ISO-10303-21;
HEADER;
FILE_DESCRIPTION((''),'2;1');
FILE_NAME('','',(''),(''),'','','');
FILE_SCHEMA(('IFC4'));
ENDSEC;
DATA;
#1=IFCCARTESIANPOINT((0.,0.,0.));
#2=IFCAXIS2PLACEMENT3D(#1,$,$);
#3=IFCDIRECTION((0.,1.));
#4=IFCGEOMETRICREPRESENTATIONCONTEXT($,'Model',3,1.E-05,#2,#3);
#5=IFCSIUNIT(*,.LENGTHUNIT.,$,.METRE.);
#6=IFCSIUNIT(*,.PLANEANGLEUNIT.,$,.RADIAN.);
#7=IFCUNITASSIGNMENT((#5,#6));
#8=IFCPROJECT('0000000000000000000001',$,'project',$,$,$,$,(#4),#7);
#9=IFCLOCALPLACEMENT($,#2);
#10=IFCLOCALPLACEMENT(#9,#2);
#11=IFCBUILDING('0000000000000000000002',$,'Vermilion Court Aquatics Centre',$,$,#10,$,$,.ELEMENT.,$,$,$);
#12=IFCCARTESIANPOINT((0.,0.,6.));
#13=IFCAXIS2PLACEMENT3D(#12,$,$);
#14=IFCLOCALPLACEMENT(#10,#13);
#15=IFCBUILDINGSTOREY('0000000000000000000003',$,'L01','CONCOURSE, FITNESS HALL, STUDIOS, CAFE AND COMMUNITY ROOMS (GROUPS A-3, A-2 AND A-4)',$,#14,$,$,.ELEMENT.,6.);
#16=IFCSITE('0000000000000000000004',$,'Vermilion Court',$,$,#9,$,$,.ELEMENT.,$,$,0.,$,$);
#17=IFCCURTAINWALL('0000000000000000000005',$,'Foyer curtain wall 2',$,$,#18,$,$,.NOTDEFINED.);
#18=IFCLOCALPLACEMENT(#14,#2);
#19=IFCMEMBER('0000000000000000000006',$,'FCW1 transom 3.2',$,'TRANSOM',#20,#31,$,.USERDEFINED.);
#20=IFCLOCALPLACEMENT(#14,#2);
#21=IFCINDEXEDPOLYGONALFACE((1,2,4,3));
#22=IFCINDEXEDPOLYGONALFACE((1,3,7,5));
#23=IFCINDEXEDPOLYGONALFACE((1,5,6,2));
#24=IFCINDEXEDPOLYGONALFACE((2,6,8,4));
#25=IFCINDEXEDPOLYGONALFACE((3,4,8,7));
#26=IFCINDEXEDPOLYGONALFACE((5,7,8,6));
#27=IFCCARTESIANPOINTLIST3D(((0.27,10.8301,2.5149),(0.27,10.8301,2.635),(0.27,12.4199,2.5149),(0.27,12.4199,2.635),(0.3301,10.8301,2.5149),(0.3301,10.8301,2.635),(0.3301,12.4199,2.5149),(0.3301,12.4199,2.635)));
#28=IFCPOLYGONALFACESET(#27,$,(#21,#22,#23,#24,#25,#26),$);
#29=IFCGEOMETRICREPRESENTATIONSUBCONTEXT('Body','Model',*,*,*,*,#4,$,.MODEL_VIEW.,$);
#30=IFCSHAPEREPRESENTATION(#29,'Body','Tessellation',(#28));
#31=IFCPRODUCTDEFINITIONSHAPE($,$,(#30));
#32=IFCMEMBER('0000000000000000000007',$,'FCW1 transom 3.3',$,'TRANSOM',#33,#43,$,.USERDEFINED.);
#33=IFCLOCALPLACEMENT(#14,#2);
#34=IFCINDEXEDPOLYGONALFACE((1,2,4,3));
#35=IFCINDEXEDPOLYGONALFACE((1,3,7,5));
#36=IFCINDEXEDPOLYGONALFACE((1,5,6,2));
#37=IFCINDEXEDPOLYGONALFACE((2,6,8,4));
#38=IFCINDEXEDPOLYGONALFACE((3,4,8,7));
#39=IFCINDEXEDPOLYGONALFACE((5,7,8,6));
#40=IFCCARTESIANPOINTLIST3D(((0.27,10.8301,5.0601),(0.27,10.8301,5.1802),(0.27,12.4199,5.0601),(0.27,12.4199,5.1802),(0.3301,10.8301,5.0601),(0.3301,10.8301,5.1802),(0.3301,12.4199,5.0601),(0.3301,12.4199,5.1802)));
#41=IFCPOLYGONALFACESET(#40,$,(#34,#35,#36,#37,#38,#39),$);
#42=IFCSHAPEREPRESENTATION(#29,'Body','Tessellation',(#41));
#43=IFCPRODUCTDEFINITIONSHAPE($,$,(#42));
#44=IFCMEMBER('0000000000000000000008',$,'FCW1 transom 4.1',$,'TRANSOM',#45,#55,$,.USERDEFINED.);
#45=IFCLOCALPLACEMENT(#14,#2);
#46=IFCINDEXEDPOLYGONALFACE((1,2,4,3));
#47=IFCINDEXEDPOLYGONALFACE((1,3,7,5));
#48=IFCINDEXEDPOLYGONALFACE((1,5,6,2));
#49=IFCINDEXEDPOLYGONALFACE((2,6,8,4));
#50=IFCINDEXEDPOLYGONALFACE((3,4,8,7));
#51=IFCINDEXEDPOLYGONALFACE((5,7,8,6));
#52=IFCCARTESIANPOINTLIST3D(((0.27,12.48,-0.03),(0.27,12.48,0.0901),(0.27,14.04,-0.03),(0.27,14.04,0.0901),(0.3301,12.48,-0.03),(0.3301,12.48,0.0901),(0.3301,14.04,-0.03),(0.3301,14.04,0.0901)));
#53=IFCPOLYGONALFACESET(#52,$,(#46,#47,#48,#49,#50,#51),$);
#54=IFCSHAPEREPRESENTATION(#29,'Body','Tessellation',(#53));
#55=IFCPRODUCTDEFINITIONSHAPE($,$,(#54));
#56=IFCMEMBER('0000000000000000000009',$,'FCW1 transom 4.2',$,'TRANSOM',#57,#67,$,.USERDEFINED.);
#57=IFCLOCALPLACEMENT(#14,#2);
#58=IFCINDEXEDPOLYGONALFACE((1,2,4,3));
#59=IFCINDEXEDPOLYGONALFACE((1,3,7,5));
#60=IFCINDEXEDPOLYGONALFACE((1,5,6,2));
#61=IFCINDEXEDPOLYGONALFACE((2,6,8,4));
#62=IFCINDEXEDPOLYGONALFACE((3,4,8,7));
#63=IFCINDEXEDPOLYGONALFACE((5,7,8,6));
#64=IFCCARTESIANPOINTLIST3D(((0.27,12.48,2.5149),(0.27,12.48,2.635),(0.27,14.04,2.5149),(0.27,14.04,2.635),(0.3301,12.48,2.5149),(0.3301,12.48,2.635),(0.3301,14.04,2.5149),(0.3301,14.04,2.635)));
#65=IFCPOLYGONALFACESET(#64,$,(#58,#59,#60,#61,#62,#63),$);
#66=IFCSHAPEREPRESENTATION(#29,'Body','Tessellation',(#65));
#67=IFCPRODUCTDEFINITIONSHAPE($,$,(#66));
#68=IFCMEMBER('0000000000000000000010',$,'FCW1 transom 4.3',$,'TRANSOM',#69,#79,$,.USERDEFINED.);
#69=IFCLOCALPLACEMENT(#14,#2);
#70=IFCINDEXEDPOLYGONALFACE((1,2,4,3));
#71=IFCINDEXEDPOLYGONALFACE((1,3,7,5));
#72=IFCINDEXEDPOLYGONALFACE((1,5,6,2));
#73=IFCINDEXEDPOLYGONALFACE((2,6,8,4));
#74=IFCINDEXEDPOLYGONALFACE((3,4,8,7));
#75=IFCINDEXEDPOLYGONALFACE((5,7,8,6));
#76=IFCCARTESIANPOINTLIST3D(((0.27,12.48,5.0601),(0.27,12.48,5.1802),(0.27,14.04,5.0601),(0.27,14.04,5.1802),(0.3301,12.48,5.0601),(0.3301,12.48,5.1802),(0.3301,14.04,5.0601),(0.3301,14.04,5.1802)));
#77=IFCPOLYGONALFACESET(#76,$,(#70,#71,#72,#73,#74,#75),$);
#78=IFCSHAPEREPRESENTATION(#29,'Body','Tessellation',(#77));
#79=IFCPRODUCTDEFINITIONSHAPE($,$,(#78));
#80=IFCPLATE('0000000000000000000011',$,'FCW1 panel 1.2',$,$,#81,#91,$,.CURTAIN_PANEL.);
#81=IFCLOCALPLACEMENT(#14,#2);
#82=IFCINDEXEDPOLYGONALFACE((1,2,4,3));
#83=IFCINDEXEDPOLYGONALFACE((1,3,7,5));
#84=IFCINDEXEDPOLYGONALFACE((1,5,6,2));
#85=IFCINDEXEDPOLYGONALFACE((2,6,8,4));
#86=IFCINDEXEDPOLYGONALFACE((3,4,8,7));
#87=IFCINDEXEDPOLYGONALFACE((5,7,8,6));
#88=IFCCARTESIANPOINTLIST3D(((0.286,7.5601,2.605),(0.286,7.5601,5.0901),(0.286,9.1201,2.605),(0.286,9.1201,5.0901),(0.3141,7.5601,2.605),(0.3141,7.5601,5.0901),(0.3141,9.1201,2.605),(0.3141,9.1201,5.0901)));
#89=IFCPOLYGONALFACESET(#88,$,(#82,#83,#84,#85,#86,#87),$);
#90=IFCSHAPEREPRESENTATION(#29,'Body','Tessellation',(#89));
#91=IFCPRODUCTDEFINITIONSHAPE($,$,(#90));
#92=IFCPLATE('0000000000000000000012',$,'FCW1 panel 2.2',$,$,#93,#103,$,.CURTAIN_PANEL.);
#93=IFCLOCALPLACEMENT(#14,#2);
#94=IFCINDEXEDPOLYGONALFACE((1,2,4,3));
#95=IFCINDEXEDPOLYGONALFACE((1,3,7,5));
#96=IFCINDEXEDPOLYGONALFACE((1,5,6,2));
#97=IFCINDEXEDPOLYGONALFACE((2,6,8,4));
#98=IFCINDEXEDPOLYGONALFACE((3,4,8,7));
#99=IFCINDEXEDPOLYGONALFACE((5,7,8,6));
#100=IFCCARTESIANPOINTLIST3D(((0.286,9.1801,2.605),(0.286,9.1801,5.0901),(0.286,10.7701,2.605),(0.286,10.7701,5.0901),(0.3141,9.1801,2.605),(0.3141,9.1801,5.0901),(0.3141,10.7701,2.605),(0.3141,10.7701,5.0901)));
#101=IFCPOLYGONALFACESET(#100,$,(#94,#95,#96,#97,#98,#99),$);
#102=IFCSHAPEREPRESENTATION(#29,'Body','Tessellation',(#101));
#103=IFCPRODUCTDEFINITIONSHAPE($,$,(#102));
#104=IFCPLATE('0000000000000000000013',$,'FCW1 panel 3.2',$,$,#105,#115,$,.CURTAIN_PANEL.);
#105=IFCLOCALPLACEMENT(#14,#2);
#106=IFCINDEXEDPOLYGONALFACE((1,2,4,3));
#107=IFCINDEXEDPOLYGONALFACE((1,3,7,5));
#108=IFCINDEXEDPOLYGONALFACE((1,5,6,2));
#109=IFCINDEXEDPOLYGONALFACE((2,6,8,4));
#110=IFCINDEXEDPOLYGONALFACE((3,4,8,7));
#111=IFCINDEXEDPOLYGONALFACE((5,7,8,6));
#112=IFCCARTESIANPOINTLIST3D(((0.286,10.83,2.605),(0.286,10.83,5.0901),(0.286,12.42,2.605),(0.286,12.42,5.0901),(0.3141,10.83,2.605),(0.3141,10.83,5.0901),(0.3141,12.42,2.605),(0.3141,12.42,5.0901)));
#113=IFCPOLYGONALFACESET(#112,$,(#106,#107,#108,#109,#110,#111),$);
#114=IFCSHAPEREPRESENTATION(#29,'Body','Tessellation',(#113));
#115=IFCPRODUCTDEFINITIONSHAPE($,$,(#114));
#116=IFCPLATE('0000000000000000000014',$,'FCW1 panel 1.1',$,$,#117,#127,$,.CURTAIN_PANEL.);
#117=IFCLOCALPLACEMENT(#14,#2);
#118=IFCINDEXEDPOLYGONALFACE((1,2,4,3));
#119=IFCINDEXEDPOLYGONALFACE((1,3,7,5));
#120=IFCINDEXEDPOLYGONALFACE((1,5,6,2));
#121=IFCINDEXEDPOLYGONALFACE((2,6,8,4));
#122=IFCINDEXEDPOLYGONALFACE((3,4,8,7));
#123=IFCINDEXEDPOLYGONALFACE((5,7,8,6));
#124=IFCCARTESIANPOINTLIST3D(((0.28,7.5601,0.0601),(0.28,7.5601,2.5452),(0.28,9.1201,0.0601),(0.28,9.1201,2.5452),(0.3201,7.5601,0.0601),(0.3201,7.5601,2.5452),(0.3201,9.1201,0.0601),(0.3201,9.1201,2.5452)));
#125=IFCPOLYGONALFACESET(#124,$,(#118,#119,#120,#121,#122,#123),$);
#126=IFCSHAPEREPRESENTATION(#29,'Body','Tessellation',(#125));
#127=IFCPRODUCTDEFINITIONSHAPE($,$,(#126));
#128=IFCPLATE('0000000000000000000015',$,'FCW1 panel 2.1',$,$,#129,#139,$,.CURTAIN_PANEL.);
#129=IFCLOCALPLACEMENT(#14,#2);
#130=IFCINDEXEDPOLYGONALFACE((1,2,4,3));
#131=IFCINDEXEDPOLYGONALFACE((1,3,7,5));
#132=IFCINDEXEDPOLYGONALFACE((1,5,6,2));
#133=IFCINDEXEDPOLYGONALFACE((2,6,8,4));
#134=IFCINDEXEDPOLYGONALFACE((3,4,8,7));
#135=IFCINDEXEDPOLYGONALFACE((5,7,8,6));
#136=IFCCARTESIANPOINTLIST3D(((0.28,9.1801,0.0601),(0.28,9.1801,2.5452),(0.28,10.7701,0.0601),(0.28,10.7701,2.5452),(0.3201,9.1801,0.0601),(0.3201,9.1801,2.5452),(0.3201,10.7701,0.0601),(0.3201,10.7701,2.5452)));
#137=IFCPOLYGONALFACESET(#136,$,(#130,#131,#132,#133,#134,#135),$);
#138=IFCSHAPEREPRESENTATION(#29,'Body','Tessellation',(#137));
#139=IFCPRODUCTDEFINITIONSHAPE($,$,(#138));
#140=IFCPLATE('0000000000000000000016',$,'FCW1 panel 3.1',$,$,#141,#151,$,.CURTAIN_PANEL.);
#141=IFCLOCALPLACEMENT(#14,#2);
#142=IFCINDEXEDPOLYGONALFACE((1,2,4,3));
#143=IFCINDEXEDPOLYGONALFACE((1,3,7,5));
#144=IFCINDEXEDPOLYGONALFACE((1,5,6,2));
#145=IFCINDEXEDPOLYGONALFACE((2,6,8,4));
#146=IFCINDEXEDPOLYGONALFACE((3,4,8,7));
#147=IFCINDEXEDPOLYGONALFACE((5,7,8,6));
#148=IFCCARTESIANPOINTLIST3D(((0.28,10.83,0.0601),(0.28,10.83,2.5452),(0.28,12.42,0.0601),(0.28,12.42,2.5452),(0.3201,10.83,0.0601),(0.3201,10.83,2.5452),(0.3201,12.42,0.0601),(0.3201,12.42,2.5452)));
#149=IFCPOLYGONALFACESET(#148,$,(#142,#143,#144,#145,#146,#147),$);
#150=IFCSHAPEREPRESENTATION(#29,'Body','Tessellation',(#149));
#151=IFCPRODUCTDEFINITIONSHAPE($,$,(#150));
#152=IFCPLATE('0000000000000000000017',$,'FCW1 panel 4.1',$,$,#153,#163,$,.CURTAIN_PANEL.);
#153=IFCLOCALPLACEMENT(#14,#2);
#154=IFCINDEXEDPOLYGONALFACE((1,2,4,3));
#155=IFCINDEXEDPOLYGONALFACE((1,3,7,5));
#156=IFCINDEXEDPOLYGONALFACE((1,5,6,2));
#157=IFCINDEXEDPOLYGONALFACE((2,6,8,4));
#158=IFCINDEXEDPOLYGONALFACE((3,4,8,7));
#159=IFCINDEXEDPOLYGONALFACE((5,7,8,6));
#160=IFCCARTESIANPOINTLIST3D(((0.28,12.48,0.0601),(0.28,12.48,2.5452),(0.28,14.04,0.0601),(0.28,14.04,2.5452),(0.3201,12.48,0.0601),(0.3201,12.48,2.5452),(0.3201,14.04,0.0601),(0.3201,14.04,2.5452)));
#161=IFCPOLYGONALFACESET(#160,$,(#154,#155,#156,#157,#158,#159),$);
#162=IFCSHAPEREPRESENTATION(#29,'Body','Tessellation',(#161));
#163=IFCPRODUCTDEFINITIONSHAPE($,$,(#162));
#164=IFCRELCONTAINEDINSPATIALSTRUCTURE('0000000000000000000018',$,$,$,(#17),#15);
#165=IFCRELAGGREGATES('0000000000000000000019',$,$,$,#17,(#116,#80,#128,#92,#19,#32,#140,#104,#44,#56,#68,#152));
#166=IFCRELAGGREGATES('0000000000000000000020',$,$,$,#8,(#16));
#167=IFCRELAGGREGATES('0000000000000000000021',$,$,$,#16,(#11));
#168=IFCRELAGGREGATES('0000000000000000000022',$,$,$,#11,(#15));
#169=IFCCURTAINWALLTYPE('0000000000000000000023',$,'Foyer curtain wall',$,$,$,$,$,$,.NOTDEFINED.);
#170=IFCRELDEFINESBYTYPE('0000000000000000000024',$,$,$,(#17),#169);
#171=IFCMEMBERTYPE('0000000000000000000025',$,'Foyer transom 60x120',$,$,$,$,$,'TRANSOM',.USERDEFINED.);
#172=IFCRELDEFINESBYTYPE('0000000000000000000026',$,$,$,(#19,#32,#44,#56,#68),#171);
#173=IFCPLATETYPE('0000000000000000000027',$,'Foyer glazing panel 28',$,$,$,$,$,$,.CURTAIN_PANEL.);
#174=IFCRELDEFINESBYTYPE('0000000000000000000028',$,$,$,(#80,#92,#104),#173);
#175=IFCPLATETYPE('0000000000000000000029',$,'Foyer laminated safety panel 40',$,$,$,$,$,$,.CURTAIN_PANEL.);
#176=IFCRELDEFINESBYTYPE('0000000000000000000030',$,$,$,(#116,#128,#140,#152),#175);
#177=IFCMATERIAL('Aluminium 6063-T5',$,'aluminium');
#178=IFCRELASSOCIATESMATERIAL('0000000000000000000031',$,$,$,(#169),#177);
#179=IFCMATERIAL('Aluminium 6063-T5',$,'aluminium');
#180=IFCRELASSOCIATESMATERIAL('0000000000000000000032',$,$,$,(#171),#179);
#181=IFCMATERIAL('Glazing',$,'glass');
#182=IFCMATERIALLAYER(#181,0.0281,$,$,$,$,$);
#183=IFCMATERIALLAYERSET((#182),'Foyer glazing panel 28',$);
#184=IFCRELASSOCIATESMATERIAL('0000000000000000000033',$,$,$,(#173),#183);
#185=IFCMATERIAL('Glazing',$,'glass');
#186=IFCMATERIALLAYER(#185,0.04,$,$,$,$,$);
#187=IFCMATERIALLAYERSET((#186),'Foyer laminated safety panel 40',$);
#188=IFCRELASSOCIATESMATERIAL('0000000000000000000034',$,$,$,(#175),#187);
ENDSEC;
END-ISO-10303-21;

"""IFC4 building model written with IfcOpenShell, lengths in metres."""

from ifc_helpers import new_model, si_unit, direction, frame, origin, origin_2d, place, context, subcontext, project, spatial, rectangle, extrude, material, layer, layer_set, material_profile, profile_set, type_object, element, aggregate, save


model = new_model("IFC4")

# Units and contexts
model_context = context("Model", 3, precision=1e-05, world=origin(), true_north=direction((0.0, 1.0)))
body_context = subcontext(model_context, "Body", "Model", "MODEL_VIEW")
ifc_project = project(units=[si_unit("LENGTHUNIT", "METRE"), si_unit("PLANEANGLEUNIT", "RADIAN")], contexts=[model_context])

# Site, building, storey
site_placement = place(None, origin())
site = spatial("IfcSite", under=ifc_project, at=site_placement, Name="Vermilion Court", CompositionType="ELEMENT", RefElevation=0.0)
building_placement = place(site_placement, origin())
building = spatial("IfcBuilding", under=site, at=building_placement, Name="Vermilion Court Aquatics Centre", CompositionType="ELEMENT")
storey_placement = place(building_placement, frame((0.0, 0.0, 6.0)))
storey = spatial("IfcBuildingStorey", under=building, at=storey_placement, Name="L01", Description="CONCOURSE, FITNESS HALL, STUDIOS, CAFE AND COMMUNITY ROOMS (GROUPS A-3, A-2 AND A-4)", CompositionType="ELEMENT", Elevation=6.0)

# Shared definitions
ifc_material_1 = material(Name="Aluminium 6063-T5", Category="aluminium")
curtain_wall_type = type_object("IfcCurtainWallType", Name="Foyer curtain wall", PredefinedType="NOTDEFINED", material=ifc_material_1)

# Curtain wall
curtain_wall_1_placement = place(storey_placement, origin())
curtain_wall_1 = element("IfcCurtainWall", 1, at=curtain_wall_1_placement, inside=storey, type_object=curtain_wall_type, Name="Foyer curtain wall 2", PredefinedType="NOTDEFINED")

# Members
ifc_material_2 = material(Name="Aluminium 6063-T5", Category="aluminium")
ifc_material_profile_1 = material_profile(ifc_material_2, rectangle(XDim=0.0601, YDim=0.1201, at=origin_2d()), Name="Aluminium 60x120")
ifc_profile_set_1 = profile_set([ifc_material_profile_1], Name="Aluminium 6063-T5")
member_type_1 = type_object("IfcMemberType", Name="Foyer transom 60x120", ElementType="TRANSOM", PredefinedType="USERDEFINED", material=ifc_profile_set_1)
member_1_placement = place(storey_placement, frame((0.3, 10.8301, 2.575), z_axis=(0.0, 1.0, 0.0), x_axis=(-1.0, 0.0, 0.0)))
member_1 = element("IfcMember", 2, at=member_1_placement, type_object=member_type_1, Name="FCW1 transom 3.2", ObjectType="TRANSOM", PredefinedType="USERDEFINED", context=body_context, shape_type="SweptSolid", body=[
    extrude(rectangle(XDim=0.0601, YDim=0.1201, at=origin_2d()), origin(), (0.0, 0.0, 1.0), 1.5898),
])
member_2_placement = place(storey_placement, frame((0.3, 10.8301, 5.1201), z_axis=(0.0, 1.0, 0.0), x_axis=(-1.0, 0.0, 0.0)))
member_2 = element("IfcMember", 3, at=member_2_placement, type_object=member_type_1, Name="FCW1 transom 3.3", ObjectType="TRANSOM", PredefinedType="USERDEFINED", context=body_context, shape_type="SweptSolid", body=[
    extrude(rectangle(XDim=0.0601, YDim=0.1201, at=origin_2d()), origin(), (0.0, 0.0, 1.0), 1.5898),
])
member_3_placement = place(storey_placement, frame((0.3, 12.48, 0.03), z_axis=(0.0, 1.0, 0.0), x_axis=(-1.0, 0.0, 0.0)))
member_3 = element("IfcMember", 4, at=member_3_placement, type_object=member_type_1, Name="FCW1 transom 4.1", ObjectType="TRANSOM", PredefinedType="USERDEFINED", context=body_context, shape_type="SweptSolid", body=[
    extrude(rectangle(XDim=0.0601, YDim=0.1201, at=origin_2d()), origin(), (0.0, 0.0, 1.0), 1.5601),
])
member_4_placement = place(storey_placement, frame((0.3, 12.48, 2.575), z_axis=(0.0, 1.0, 0.0), x_axis=(-1.0, 0.0, 0.0)))
member_4 = element("IfcMember", 5, at=member_4_placement, type_object=member_type_1, Name="FCW1 transom 4.2", ObjectType="TRANSOM", PredefinedType="USERDEFINED", context=body_context, shape_type="SweptSolid", body=[
    extrude(rectangle(XDim=0.0601, YDim=0.1201, at=origin_2d()), origin(), (0.0, 0.0, 1.0), 1.5601),
])
member_5_placement = place(storey_placement, frame((0.3, 12.48, 5.1201), z_axis=(0.0, 1.0, 0.0), x_axis=(-1.0, 0.0, 0.0)))
member_5 = element("IfcMember", 6, at=member_5_placement, type_object=member_type_1, Name="FCW1 transom 4.3", ObjectType="TRANSOM", PredefinedType="USERDEFINED", context=body_context, shape_type="SweptSolid", body=[
    extrude(rectangle(XDim=0.0601, YDim=0.1201, at=origin_2d()), origin(), (0.0, 0.0, 1.0), 1.5601),
])

# Plates
ifc_material_3 = material(Name="Glazing", Category="glass")
ifc_layer_1 = layer(ifc_material_3, 0.0281)
ifc_layer_set_1 = layer_set([ifc_layer_1], Name="Foyer glazing panel 28")
plate_type_1 = type_object("IfcPlateType", Name="Foyer glazing panel 28", PredefinedType="CURTAIN_PANEL", material=ifc_layer_set_1)
plate_1_placement = place(storey_placement, frame((0.3, 8.3401, 2.605), z_axis=(0.0, 0.0, 1.0), x_axis=(0.0, 1.0, 0.0)))
plate_1 = element("IfcPlate", 7, at=plate_1_placement, type_object=plate_type_1, Name="FCW1 panel 1.2", PredefinedType="CURTAIN_PANEL", context=body_context, shape_type="SweptSolid", body=[
    extrude(rectangle(XDim=1.5601, YDim=0.0281, at=origin_2d()), origin(), (0.0, 0.0, 1.0), 2.4851),
])
plate_2_placement = place(storey_placement, frame((0.3, 9.9751, 2.605), z_axis=(0.0, 0.0, 1.0), x_axis=(0.0, 1.0, 0.0)))
plate_2 = element("IfcPlate", 8, at=plate_2_placement, type_object=plate_type_1, Name="FCW1 panel 2.2", PredefinedType="CURTAIN_PANEL", context=body_context, shape_type="SweptSolid", body=[
    extrude(rectangle(XDim=1.5901, YDim=0.0281, at=origin_2d()), origin(), (0.0, 0.0, 1.0), 2.4851),
])
plate_3_placement = place(storey_placement, frame((0.3, 11.625, 2.605), z_axis=(0.0, 0.0, 1.0), x_axis=(0.0, 1.0, 0.0)))
plate_3 = element("IfcPlate", 9, at=plate_3_placement, type_object=plate_type_1, Name="FCW1 panel 3.2", PredefinedType="CURTAIN_PANEL", context=body_context, shape_type="SweptSolid", body=[
    extrude(rectangle(XDim=1.5901, YDim=0.0281, at=origin_2d()), origin(), (0.0, 0.0, 1.0), 2.4851),
])
ifc_material_4 = material(Name="Glazing", Category="glass")
ifc_layer_2 = layer(ifc_material_4, 0.04)
ifc_layer_set_2 = layer_set([ifc_layer_2], Name="Foyer laminated safety panel 40")
plate_type_2 = type_object("IfcPlateType", Name="Foyer laminated safety panel 40", PredefinedType="CURTAIN_PANEL", material=ifc_layer_set_2)
plate_4_placement = place(storey_placement, frame((0.3, 8.3401, 0.0601), z_axis=(0.0, 0.0, 1.0), x_axis=(0.0, 1.0, 0.0)))
plate_4 = element("IfcPlate", 10, at=plate_4_placement, type_object=plate_type_2, Name="FCW1 panel 1.1", PredefinedType="CURTAIN_PANEL", context=body_context, shape_type="SweptSolid", body=[
    extrude(rectangle(XDim=1.5601, YDim=0.04, at=origin_2d()), origin(), (0.0, 0.0, 1.0), 2.4851),
])
plate_5_placement = place(storey_placement, frame((0.3, 9.9751, 0.0601), z_axis=(0.0, 0.0, 1.0), x_axis=(0.0, 1.0, 0.0)))
plate_5 = element("IfcPlate", 11, at=plate_5_placement, type_object=plate_type_2, Name="FCW1 panel 2.1", PredefinedType="CURTAIN_PANEL", context=body_context, shape_type="SweptSolid", body=[
    extrude(rectangle(XDim=1.5901, YDim=0.04, at=origin_2d()), origin(), (0.0, 0.0, 1.0), 2.4851),
])
plate_6_placement = place(storey_placement, frame((0.3, 11.625, 0.0601), z_axis=(0.0, 0.0, 1.0), x_axis=(0.0, 1.0, 0.0)))
plate_6 = element("IfcPlate", 12, at=plate_6_placement, type_object=plate_type_2, Name="FCW1 panel 3.1", PredefinedType="CURTAIN_PANEL", context=body_context, shape_type="SweptSolid", body=[
    extrude(rectangle(XDim=1.5901, YDim=0.04, at=origin_2d()), origin(), (0.0, 0.0, 1.0), 2.4851),
])
plate_7_placement = place(storey_placement, frame((0.3, 13.26, 0.0601), z_axis=(0.0, 0.0, 1.0), x_axis=(0.0, 1.0, 0.0)))
plate_7 = element("IfcPlate", 13, at=plate_7_placement, type_object=plate_type_2, Name="FCW1 panel 4.1", PredefinedType="CURTAIN_PANEL", context=body_context, shape_type="SweptSolid", body=[
    extrude(rectangle(XDim=1.5601, YDim=0.04, at=origin_2d()), origin(), (0.0, 0.0, 1.0), 2.4851),
])
aggregate(curtain_wall_1, [plate_4, plate_1, plate_5, plate_2, member_1, member_2, plate_6, plate_3, member_3, member_4, member_5, plate_7])

save(model, "model.ifc")
